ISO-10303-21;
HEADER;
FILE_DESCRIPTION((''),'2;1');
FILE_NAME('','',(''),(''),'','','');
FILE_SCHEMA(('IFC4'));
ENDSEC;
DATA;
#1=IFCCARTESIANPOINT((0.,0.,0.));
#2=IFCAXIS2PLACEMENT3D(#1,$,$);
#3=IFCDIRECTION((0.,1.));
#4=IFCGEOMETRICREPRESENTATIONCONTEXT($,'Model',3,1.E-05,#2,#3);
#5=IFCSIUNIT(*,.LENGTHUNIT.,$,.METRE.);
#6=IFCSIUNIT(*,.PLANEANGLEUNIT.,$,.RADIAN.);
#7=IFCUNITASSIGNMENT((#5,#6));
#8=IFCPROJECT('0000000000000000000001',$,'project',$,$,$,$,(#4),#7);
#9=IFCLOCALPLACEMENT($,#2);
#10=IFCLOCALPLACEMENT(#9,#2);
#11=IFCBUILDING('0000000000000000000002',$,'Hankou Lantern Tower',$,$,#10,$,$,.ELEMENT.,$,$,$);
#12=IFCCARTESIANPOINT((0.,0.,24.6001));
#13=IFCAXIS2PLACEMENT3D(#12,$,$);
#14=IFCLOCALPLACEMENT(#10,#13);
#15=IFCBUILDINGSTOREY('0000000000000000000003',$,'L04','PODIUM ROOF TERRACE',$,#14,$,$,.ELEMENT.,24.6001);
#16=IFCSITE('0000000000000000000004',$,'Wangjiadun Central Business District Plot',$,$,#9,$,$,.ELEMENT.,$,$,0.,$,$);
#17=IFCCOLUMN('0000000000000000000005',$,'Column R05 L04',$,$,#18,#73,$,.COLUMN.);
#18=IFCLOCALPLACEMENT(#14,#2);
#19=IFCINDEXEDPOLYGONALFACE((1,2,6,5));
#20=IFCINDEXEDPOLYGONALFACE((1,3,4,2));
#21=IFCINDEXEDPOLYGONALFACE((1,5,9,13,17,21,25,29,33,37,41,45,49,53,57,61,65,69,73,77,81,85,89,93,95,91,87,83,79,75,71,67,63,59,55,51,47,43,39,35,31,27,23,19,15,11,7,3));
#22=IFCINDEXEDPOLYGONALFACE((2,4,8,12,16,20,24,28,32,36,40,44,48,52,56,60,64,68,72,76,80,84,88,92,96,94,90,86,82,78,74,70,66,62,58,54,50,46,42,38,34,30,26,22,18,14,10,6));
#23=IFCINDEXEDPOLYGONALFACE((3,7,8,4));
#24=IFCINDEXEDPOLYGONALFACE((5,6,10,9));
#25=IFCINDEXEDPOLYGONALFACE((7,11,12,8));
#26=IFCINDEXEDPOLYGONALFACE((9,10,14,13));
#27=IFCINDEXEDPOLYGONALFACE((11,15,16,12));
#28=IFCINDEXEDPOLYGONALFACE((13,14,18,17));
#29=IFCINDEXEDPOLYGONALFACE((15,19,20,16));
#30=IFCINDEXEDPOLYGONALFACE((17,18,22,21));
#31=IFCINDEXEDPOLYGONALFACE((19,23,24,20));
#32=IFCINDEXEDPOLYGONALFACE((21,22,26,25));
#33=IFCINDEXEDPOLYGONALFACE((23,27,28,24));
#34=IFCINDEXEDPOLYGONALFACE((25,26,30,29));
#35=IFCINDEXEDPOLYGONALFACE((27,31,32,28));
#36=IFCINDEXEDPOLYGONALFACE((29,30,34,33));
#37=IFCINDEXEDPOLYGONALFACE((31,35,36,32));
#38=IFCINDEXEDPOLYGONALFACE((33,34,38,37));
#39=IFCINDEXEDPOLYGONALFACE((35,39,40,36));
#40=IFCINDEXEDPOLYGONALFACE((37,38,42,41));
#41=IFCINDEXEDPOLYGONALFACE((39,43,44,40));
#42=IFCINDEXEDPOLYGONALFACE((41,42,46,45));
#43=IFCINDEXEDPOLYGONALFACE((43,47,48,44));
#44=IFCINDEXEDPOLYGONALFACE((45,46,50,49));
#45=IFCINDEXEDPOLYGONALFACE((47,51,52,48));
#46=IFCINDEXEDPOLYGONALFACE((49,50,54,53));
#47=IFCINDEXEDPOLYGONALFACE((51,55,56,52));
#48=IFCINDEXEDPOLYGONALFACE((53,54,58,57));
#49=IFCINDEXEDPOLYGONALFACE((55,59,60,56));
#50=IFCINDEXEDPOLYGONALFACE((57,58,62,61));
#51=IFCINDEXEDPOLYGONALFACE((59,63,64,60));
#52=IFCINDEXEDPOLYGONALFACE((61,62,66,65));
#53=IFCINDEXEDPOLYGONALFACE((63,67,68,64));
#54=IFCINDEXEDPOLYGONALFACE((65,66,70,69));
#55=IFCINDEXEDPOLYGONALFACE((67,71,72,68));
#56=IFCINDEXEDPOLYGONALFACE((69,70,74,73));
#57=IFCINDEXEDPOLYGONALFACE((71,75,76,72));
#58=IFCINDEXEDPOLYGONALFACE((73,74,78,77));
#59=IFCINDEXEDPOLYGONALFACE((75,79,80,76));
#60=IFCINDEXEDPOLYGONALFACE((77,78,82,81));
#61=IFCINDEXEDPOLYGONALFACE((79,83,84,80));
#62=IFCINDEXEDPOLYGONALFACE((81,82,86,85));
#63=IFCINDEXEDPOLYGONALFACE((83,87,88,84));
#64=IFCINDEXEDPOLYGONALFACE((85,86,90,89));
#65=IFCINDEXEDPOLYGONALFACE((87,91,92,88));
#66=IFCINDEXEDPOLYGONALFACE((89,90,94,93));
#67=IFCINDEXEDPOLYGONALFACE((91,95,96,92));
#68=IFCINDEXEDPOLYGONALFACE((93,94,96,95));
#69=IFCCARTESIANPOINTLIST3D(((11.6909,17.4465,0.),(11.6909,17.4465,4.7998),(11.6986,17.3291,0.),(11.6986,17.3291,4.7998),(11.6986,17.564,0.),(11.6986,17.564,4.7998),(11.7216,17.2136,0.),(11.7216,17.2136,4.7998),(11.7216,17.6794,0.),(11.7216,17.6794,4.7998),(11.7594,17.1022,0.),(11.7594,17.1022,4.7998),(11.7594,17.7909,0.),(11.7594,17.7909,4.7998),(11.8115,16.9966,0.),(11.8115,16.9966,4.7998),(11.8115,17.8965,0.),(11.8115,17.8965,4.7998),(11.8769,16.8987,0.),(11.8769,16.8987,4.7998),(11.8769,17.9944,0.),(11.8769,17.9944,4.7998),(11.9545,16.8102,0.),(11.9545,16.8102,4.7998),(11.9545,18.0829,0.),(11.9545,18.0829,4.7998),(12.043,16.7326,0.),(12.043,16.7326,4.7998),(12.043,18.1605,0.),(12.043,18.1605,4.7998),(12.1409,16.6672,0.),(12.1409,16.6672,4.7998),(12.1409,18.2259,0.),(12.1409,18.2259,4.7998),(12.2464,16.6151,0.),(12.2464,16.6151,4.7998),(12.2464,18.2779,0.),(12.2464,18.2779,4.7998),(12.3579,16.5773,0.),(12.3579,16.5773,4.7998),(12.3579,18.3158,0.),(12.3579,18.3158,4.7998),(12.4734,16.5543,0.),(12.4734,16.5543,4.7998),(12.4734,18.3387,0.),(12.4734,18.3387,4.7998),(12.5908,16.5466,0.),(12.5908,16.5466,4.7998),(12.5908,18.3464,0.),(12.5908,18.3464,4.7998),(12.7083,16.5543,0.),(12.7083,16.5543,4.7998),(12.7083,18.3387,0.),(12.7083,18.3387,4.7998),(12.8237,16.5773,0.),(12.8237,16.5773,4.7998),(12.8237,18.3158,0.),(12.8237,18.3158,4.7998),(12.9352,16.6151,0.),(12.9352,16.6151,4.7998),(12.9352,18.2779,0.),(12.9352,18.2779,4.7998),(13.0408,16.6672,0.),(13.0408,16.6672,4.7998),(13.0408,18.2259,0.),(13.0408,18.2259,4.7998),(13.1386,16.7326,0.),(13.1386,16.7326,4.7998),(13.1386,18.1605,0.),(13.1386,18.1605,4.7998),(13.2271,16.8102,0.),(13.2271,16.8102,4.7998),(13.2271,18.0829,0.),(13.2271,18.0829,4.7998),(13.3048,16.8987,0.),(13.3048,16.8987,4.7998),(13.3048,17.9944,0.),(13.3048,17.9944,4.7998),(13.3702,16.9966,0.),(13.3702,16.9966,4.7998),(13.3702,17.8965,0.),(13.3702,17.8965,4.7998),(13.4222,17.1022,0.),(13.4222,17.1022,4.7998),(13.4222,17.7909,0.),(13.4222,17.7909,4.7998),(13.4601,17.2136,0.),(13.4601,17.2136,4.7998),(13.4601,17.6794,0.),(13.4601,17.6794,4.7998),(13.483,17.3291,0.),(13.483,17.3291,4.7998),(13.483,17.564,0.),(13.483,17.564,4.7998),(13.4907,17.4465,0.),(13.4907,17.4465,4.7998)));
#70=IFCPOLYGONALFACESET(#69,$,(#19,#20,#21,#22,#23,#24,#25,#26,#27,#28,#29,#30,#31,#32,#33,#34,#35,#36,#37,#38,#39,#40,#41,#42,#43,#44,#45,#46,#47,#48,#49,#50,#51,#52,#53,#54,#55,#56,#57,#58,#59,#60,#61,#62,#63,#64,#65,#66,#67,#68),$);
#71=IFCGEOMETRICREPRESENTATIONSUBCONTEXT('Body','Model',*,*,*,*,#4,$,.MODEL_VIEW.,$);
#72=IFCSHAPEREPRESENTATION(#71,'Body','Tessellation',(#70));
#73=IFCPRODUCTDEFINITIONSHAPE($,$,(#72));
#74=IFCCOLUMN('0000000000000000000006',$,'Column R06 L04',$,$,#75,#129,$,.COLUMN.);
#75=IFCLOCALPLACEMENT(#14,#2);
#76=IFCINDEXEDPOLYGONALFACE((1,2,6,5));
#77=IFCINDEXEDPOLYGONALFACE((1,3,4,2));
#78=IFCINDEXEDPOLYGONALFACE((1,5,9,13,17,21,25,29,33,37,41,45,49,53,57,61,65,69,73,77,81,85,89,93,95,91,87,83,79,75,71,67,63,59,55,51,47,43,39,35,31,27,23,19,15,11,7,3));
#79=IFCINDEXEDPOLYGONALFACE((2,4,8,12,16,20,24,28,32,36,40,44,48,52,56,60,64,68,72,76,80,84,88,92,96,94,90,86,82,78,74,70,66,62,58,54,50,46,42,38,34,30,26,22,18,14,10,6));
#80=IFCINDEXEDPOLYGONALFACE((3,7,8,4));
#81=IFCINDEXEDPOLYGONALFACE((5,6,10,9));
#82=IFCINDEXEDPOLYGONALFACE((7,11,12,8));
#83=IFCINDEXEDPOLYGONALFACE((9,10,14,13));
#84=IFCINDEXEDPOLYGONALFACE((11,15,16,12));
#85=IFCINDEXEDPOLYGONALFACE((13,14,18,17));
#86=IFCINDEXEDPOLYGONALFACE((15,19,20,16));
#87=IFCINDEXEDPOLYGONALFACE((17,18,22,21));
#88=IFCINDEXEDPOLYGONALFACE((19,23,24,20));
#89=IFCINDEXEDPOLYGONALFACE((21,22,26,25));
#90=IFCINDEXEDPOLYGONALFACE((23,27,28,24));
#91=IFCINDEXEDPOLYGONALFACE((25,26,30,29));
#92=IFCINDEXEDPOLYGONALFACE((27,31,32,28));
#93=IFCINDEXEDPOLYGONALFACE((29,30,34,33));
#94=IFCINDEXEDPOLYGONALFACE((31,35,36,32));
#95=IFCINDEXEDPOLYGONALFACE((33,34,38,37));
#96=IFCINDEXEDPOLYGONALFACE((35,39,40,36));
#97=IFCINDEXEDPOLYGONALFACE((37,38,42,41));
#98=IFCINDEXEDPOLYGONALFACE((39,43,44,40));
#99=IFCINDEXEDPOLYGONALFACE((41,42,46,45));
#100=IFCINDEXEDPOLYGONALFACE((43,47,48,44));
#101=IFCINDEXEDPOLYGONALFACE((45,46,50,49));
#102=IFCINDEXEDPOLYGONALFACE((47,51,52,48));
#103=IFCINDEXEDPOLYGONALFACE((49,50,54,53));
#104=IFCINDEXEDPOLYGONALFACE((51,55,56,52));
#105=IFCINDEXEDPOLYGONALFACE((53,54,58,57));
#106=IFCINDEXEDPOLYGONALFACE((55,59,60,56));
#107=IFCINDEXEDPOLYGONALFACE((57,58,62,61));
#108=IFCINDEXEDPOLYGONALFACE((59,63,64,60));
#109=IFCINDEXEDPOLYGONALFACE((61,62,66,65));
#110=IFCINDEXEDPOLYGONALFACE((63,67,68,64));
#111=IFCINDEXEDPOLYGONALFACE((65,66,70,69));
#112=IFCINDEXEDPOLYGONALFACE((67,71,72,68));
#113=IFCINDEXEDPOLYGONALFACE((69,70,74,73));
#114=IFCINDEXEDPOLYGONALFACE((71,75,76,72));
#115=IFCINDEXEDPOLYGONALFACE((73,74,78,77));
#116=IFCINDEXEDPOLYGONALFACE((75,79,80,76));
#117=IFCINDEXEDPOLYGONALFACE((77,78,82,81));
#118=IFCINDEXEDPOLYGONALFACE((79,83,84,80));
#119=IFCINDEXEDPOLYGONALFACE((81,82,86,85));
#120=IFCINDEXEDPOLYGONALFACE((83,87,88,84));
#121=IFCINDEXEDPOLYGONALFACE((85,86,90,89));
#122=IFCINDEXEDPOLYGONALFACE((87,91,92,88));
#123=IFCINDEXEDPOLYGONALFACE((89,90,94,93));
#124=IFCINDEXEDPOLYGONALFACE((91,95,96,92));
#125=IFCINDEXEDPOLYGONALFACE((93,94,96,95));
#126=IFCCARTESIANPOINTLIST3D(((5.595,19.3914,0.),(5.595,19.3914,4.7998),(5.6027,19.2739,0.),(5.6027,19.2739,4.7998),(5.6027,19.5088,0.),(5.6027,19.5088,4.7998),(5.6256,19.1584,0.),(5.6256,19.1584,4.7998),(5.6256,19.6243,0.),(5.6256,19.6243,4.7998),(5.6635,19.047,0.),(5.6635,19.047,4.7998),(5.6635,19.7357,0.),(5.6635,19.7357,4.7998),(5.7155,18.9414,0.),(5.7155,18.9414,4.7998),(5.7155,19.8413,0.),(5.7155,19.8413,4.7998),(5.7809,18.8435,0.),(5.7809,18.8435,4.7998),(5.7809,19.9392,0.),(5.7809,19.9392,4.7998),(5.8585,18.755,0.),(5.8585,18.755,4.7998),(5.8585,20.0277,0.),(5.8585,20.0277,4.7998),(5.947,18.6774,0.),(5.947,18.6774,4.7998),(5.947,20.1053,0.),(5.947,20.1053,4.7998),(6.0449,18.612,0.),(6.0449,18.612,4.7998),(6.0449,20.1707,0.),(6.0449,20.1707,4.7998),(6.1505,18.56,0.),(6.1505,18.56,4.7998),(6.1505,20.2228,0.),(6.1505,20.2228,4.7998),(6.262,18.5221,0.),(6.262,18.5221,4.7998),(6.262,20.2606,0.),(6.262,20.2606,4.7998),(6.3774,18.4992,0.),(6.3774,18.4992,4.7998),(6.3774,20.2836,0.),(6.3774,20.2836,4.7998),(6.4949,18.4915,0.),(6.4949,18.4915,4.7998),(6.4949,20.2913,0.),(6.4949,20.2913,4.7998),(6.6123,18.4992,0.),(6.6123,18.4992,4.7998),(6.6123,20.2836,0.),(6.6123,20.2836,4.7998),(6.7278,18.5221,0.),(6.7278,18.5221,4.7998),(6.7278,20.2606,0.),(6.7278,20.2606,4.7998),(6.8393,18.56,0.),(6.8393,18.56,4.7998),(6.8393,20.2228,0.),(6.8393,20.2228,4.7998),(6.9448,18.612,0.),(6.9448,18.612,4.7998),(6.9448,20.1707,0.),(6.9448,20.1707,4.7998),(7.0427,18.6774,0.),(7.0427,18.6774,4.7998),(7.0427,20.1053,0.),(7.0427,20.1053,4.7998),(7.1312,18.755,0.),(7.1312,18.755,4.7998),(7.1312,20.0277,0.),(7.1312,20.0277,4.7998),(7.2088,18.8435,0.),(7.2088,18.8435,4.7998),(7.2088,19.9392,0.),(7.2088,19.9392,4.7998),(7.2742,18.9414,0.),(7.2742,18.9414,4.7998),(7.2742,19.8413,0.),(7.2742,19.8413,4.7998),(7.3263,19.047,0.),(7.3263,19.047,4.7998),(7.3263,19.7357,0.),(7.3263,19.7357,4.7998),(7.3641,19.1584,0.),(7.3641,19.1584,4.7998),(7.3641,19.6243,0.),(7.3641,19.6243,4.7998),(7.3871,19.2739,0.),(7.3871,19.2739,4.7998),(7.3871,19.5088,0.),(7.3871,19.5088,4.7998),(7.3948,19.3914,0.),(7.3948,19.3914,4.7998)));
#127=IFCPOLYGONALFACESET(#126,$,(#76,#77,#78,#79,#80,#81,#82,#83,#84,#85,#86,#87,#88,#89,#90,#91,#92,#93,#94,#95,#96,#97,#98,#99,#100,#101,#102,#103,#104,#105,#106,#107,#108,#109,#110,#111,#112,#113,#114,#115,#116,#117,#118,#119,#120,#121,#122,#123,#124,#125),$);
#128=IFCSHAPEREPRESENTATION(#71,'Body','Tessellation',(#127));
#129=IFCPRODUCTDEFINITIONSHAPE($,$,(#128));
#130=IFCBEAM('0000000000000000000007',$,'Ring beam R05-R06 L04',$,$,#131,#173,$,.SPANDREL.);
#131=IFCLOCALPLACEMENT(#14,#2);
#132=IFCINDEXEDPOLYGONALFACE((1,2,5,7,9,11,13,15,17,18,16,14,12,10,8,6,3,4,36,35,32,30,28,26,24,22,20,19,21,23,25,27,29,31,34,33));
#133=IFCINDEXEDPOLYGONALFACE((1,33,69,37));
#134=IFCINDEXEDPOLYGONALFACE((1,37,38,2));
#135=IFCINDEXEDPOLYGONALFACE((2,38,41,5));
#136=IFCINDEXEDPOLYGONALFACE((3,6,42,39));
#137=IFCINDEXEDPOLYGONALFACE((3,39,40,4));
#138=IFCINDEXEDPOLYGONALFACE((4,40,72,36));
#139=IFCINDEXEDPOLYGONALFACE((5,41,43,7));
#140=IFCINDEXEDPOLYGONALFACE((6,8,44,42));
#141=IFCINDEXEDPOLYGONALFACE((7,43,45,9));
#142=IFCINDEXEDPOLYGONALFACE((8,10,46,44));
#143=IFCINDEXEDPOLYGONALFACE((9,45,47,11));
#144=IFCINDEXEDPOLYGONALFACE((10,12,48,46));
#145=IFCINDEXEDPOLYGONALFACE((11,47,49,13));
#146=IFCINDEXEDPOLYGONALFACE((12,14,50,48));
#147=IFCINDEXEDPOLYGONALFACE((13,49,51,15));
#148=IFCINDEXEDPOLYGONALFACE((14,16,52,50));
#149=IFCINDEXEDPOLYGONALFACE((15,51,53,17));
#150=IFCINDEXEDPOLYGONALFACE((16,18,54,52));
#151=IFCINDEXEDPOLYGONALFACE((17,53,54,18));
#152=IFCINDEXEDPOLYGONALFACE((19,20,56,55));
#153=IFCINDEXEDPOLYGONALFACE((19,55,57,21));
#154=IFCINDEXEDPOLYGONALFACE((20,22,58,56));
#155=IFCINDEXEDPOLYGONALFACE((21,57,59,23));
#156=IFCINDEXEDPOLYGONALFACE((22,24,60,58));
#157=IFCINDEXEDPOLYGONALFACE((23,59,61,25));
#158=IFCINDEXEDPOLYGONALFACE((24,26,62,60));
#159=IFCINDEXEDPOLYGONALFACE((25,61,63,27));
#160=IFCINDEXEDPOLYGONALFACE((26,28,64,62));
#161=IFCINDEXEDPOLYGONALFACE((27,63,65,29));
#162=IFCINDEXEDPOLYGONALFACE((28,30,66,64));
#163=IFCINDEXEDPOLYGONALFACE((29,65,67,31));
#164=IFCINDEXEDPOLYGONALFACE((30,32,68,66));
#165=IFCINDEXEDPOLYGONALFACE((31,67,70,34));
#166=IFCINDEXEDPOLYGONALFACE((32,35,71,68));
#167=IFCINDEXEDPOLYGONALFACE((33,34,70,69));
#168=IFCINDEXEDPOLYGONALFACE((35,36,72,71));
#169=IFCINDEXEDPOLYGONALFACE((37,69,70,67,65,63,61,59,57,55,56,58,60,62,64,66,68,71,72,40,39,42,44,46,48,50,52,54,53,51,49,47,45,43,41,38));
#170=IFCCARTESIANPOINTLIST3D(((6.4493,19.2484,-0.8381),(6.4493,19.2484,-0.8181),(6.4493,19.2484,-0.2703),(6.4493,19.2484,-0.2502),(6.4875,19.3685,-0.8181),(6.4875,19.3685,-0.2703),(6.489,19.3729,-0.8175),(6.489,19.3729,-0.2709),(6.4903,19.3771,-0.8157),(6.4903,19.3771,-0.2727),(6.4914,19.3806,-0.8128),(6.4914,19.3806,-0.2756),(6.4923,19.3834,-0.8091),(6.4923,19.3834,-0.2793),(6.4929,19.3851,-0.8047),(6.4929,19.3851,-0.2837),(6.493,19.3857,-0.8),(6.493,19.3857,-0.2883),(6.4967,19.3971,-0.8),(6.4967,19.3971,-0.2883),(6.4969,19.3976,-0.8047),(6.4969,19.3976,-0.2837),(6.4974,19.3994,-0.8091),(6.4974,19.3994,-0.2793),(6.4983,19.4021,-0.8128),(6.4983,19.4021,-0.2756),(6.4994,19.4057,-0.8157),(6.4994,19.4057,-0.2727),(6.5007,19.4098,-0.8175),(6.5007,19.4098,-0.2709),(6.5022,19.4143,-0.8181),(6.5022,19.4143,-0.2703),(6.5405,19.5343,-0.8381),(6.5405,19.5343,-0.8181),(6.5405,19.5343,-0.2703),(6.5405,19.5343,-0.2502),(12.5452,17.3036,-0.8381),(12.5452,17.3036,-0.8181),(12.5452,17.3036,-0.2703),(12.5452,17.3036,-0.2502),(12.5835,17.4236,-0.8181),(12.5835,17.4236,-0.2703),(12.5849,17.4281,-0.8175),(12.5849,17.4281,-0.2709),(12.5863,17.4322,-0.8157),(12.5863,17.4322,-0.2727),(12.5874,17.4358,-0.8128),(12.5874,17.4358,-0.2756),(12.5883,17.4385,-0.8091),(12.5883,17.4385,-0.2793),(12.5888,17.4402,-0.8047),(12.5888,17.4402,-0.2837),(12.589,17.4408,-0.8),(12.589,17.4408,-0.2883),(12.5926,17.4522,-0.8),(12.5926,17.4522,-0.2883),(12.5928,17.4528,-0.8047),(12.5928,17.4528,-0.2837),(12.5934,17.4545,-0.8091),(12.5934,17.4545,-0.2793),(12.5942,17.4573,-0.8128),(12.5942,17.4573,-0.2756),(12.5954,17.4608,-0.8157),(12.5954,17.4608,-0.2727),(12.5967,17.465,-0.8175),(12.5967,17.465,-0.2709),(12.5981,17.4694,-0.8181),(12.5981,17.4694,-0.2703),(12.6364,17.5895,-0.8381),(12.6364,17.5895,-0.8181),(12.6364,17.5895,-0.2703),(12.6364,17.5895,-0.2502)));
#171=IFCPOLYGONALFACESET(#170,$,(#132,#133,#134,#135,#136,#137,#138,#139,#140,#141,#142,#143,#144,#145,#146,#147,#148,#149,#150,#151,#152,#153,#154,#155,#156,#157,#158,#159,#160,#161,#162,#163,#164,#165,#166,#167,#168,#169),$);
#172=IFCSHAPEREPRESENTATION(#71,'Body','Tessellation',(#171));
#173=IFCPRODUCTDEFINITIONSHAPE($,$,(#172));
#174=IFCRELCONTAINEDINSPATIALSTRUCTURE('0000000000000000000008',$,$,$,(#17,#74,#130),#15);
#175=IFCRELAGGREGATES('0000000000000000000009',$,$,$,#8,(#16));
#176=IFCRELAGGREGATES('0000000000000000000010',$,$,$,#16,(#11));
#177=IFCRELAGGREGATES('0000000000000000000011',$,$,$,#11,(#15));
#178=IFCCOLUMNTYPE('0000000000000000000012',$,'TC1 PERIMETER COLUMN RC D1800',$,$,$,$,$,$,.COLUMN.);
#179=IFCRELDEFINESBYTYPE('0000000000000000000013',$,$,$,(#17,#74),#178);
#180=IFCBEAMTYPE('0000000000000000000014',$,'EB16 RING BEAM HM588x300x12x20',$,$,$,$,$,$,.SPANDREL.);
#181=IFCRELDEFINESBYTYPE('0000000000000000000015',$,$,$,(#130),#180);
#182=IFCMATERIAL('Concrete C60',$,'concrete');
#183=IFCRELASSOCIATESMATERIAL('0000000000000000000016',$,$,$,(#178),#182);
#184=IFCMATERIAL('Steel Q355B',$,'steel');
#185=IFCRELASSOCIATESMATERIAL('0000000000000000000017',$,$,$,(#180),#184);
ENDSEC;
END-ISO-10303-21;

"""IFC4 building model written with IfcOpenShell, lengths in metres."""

from ifc_helpers import new_model, si_unit, direction, frame, origin, origin_2d, place, context, subcontext, project, spatial, circle, i_section, extrude, material, material_profile, profile_set, type_object, element, save


model = new_model("IFC4")

# Units and contexts
model_context = context("Model", 3, precision=1e-05, world=origin(), true_north=direction((0.0, 1.0)))
body_context = subcontext(model_context, "Body", "Model", "MODEL_VIEW")
ifc_project = project(units=[si_unit("LENGTHUNIT", "METRE"), si_unit("PLANEANGLEUNIT", "RADIAN")], contexts=[model_context])

# Site, building, storey
site_placement = place(None, origin())
site = spatial("IfcSite", under=ifc_project, at=site_placement, Name="Wangjiadun Central Business District Plot", CompositionType="ELEMENT", RefElevation=0.0)
building_placement = place(site_placement, origin())
building = spatial("IfcBuilding", under=site, at=building_placement, Name="Hankou Lantern Tower", CompositionType="ELEMENT")
storey_placement = place(building_placement, frame((0.0, 0.0, 24.6001)))
storey = spatial("IfcBuildingStorey", under=building, at=storey_placement, Name="L04", Description="PODIUM ROOF TERRACE", CompositionType="ELEMENT", Elevation=24.6001)

# Columns
ifc_material_1 = material(Name="Concrete C60", Category="concrete")
ifc_material_profile_1 = material_profile(ifc_material_1, circle(Radius=0.8999, at=origin_2d()), Name="RC D1800")
ifc_profile_set_1 = profile_set([ifc_material_profile_1], Name="Concrete C60")
column_type = type_object("IfcColumnType", Name="TC1 PERIMETER COLUMN RC D1800", PredefinedType="COLUMN", material=ifc_profile_set_1)
for number, where, z_axis, x_axis, name in (
    (1, (12.5908, 17.4465, 0.0), (0.0, 0.0, 1.0), (1.0, 0.0, 0.0), "Column R05 L04"),
    (2, (6.4949, 19.3914, 0.0), (0.0, 0.0, 1.0), (1.0, 0.0, 0.0), "Column R06 L04"),
):
    element("IfcColumn", number, at=place(storey_placement, frame(where, z_axis=z_axis, x_axis=x_axis)), inside=storey, type_object=column_type, Name=name, PredefinedType="COLUMN", context=body_context, shape_type="SweptSolid", body=[
        extrude(circle(Radius=0.8999, at=origin_2d()), origin(), (0.0, 0.0, 1.0), 4.7998),
    ])

# Beam
ifc_material_2 = material(Name="Steel Q355B", Category="steel")
ifc_material_profile_2 = material_profile(ifc_material_2, i_section(OverallWidth=0.3, OverallDepth=0.5879, WebThickness=0.012, FlangeThickness=0.02, FilletRadius=0.0181, at=origin_2d()), Name="HM588x300x12x20")
ifc_profile_set_2 = profile_set([ifc_material_profile_2], Name="Steel Q355B")
beam_type_1 = type_object("IfcBeamType", Name="EB16 RING BEAM HM588x300x12x20", PredefinedType="SPANDREL", material=ifc_profile_set_2)
beam_1_placement = place(storey_placement, frame((12.5908, 17.4465, -0.5442), z_axis=(-0.95269, 0.303942, 0.0), x_axis=(-0.303942, -0.95269, 0.0)))
element("IfcBeam", 3, at=beam_1_placement, inside=storey, type_object=beam_type_1, Name="Ring beam R05-R06 L04", PredefinedType="SPANDREL", context=body_context, shape_type="SweptSolid", body=[
    extrude(i_section(OverallWidth=0.3, OverallDepth=0.5879, WebThickness=0.012, FlangeThickness=0.02, FilletRadius=0.0181, at=origin_2d()), origin(), (0.0, 0.0, 1.0), 6.3987),
])

save(model, "model.ifc")
